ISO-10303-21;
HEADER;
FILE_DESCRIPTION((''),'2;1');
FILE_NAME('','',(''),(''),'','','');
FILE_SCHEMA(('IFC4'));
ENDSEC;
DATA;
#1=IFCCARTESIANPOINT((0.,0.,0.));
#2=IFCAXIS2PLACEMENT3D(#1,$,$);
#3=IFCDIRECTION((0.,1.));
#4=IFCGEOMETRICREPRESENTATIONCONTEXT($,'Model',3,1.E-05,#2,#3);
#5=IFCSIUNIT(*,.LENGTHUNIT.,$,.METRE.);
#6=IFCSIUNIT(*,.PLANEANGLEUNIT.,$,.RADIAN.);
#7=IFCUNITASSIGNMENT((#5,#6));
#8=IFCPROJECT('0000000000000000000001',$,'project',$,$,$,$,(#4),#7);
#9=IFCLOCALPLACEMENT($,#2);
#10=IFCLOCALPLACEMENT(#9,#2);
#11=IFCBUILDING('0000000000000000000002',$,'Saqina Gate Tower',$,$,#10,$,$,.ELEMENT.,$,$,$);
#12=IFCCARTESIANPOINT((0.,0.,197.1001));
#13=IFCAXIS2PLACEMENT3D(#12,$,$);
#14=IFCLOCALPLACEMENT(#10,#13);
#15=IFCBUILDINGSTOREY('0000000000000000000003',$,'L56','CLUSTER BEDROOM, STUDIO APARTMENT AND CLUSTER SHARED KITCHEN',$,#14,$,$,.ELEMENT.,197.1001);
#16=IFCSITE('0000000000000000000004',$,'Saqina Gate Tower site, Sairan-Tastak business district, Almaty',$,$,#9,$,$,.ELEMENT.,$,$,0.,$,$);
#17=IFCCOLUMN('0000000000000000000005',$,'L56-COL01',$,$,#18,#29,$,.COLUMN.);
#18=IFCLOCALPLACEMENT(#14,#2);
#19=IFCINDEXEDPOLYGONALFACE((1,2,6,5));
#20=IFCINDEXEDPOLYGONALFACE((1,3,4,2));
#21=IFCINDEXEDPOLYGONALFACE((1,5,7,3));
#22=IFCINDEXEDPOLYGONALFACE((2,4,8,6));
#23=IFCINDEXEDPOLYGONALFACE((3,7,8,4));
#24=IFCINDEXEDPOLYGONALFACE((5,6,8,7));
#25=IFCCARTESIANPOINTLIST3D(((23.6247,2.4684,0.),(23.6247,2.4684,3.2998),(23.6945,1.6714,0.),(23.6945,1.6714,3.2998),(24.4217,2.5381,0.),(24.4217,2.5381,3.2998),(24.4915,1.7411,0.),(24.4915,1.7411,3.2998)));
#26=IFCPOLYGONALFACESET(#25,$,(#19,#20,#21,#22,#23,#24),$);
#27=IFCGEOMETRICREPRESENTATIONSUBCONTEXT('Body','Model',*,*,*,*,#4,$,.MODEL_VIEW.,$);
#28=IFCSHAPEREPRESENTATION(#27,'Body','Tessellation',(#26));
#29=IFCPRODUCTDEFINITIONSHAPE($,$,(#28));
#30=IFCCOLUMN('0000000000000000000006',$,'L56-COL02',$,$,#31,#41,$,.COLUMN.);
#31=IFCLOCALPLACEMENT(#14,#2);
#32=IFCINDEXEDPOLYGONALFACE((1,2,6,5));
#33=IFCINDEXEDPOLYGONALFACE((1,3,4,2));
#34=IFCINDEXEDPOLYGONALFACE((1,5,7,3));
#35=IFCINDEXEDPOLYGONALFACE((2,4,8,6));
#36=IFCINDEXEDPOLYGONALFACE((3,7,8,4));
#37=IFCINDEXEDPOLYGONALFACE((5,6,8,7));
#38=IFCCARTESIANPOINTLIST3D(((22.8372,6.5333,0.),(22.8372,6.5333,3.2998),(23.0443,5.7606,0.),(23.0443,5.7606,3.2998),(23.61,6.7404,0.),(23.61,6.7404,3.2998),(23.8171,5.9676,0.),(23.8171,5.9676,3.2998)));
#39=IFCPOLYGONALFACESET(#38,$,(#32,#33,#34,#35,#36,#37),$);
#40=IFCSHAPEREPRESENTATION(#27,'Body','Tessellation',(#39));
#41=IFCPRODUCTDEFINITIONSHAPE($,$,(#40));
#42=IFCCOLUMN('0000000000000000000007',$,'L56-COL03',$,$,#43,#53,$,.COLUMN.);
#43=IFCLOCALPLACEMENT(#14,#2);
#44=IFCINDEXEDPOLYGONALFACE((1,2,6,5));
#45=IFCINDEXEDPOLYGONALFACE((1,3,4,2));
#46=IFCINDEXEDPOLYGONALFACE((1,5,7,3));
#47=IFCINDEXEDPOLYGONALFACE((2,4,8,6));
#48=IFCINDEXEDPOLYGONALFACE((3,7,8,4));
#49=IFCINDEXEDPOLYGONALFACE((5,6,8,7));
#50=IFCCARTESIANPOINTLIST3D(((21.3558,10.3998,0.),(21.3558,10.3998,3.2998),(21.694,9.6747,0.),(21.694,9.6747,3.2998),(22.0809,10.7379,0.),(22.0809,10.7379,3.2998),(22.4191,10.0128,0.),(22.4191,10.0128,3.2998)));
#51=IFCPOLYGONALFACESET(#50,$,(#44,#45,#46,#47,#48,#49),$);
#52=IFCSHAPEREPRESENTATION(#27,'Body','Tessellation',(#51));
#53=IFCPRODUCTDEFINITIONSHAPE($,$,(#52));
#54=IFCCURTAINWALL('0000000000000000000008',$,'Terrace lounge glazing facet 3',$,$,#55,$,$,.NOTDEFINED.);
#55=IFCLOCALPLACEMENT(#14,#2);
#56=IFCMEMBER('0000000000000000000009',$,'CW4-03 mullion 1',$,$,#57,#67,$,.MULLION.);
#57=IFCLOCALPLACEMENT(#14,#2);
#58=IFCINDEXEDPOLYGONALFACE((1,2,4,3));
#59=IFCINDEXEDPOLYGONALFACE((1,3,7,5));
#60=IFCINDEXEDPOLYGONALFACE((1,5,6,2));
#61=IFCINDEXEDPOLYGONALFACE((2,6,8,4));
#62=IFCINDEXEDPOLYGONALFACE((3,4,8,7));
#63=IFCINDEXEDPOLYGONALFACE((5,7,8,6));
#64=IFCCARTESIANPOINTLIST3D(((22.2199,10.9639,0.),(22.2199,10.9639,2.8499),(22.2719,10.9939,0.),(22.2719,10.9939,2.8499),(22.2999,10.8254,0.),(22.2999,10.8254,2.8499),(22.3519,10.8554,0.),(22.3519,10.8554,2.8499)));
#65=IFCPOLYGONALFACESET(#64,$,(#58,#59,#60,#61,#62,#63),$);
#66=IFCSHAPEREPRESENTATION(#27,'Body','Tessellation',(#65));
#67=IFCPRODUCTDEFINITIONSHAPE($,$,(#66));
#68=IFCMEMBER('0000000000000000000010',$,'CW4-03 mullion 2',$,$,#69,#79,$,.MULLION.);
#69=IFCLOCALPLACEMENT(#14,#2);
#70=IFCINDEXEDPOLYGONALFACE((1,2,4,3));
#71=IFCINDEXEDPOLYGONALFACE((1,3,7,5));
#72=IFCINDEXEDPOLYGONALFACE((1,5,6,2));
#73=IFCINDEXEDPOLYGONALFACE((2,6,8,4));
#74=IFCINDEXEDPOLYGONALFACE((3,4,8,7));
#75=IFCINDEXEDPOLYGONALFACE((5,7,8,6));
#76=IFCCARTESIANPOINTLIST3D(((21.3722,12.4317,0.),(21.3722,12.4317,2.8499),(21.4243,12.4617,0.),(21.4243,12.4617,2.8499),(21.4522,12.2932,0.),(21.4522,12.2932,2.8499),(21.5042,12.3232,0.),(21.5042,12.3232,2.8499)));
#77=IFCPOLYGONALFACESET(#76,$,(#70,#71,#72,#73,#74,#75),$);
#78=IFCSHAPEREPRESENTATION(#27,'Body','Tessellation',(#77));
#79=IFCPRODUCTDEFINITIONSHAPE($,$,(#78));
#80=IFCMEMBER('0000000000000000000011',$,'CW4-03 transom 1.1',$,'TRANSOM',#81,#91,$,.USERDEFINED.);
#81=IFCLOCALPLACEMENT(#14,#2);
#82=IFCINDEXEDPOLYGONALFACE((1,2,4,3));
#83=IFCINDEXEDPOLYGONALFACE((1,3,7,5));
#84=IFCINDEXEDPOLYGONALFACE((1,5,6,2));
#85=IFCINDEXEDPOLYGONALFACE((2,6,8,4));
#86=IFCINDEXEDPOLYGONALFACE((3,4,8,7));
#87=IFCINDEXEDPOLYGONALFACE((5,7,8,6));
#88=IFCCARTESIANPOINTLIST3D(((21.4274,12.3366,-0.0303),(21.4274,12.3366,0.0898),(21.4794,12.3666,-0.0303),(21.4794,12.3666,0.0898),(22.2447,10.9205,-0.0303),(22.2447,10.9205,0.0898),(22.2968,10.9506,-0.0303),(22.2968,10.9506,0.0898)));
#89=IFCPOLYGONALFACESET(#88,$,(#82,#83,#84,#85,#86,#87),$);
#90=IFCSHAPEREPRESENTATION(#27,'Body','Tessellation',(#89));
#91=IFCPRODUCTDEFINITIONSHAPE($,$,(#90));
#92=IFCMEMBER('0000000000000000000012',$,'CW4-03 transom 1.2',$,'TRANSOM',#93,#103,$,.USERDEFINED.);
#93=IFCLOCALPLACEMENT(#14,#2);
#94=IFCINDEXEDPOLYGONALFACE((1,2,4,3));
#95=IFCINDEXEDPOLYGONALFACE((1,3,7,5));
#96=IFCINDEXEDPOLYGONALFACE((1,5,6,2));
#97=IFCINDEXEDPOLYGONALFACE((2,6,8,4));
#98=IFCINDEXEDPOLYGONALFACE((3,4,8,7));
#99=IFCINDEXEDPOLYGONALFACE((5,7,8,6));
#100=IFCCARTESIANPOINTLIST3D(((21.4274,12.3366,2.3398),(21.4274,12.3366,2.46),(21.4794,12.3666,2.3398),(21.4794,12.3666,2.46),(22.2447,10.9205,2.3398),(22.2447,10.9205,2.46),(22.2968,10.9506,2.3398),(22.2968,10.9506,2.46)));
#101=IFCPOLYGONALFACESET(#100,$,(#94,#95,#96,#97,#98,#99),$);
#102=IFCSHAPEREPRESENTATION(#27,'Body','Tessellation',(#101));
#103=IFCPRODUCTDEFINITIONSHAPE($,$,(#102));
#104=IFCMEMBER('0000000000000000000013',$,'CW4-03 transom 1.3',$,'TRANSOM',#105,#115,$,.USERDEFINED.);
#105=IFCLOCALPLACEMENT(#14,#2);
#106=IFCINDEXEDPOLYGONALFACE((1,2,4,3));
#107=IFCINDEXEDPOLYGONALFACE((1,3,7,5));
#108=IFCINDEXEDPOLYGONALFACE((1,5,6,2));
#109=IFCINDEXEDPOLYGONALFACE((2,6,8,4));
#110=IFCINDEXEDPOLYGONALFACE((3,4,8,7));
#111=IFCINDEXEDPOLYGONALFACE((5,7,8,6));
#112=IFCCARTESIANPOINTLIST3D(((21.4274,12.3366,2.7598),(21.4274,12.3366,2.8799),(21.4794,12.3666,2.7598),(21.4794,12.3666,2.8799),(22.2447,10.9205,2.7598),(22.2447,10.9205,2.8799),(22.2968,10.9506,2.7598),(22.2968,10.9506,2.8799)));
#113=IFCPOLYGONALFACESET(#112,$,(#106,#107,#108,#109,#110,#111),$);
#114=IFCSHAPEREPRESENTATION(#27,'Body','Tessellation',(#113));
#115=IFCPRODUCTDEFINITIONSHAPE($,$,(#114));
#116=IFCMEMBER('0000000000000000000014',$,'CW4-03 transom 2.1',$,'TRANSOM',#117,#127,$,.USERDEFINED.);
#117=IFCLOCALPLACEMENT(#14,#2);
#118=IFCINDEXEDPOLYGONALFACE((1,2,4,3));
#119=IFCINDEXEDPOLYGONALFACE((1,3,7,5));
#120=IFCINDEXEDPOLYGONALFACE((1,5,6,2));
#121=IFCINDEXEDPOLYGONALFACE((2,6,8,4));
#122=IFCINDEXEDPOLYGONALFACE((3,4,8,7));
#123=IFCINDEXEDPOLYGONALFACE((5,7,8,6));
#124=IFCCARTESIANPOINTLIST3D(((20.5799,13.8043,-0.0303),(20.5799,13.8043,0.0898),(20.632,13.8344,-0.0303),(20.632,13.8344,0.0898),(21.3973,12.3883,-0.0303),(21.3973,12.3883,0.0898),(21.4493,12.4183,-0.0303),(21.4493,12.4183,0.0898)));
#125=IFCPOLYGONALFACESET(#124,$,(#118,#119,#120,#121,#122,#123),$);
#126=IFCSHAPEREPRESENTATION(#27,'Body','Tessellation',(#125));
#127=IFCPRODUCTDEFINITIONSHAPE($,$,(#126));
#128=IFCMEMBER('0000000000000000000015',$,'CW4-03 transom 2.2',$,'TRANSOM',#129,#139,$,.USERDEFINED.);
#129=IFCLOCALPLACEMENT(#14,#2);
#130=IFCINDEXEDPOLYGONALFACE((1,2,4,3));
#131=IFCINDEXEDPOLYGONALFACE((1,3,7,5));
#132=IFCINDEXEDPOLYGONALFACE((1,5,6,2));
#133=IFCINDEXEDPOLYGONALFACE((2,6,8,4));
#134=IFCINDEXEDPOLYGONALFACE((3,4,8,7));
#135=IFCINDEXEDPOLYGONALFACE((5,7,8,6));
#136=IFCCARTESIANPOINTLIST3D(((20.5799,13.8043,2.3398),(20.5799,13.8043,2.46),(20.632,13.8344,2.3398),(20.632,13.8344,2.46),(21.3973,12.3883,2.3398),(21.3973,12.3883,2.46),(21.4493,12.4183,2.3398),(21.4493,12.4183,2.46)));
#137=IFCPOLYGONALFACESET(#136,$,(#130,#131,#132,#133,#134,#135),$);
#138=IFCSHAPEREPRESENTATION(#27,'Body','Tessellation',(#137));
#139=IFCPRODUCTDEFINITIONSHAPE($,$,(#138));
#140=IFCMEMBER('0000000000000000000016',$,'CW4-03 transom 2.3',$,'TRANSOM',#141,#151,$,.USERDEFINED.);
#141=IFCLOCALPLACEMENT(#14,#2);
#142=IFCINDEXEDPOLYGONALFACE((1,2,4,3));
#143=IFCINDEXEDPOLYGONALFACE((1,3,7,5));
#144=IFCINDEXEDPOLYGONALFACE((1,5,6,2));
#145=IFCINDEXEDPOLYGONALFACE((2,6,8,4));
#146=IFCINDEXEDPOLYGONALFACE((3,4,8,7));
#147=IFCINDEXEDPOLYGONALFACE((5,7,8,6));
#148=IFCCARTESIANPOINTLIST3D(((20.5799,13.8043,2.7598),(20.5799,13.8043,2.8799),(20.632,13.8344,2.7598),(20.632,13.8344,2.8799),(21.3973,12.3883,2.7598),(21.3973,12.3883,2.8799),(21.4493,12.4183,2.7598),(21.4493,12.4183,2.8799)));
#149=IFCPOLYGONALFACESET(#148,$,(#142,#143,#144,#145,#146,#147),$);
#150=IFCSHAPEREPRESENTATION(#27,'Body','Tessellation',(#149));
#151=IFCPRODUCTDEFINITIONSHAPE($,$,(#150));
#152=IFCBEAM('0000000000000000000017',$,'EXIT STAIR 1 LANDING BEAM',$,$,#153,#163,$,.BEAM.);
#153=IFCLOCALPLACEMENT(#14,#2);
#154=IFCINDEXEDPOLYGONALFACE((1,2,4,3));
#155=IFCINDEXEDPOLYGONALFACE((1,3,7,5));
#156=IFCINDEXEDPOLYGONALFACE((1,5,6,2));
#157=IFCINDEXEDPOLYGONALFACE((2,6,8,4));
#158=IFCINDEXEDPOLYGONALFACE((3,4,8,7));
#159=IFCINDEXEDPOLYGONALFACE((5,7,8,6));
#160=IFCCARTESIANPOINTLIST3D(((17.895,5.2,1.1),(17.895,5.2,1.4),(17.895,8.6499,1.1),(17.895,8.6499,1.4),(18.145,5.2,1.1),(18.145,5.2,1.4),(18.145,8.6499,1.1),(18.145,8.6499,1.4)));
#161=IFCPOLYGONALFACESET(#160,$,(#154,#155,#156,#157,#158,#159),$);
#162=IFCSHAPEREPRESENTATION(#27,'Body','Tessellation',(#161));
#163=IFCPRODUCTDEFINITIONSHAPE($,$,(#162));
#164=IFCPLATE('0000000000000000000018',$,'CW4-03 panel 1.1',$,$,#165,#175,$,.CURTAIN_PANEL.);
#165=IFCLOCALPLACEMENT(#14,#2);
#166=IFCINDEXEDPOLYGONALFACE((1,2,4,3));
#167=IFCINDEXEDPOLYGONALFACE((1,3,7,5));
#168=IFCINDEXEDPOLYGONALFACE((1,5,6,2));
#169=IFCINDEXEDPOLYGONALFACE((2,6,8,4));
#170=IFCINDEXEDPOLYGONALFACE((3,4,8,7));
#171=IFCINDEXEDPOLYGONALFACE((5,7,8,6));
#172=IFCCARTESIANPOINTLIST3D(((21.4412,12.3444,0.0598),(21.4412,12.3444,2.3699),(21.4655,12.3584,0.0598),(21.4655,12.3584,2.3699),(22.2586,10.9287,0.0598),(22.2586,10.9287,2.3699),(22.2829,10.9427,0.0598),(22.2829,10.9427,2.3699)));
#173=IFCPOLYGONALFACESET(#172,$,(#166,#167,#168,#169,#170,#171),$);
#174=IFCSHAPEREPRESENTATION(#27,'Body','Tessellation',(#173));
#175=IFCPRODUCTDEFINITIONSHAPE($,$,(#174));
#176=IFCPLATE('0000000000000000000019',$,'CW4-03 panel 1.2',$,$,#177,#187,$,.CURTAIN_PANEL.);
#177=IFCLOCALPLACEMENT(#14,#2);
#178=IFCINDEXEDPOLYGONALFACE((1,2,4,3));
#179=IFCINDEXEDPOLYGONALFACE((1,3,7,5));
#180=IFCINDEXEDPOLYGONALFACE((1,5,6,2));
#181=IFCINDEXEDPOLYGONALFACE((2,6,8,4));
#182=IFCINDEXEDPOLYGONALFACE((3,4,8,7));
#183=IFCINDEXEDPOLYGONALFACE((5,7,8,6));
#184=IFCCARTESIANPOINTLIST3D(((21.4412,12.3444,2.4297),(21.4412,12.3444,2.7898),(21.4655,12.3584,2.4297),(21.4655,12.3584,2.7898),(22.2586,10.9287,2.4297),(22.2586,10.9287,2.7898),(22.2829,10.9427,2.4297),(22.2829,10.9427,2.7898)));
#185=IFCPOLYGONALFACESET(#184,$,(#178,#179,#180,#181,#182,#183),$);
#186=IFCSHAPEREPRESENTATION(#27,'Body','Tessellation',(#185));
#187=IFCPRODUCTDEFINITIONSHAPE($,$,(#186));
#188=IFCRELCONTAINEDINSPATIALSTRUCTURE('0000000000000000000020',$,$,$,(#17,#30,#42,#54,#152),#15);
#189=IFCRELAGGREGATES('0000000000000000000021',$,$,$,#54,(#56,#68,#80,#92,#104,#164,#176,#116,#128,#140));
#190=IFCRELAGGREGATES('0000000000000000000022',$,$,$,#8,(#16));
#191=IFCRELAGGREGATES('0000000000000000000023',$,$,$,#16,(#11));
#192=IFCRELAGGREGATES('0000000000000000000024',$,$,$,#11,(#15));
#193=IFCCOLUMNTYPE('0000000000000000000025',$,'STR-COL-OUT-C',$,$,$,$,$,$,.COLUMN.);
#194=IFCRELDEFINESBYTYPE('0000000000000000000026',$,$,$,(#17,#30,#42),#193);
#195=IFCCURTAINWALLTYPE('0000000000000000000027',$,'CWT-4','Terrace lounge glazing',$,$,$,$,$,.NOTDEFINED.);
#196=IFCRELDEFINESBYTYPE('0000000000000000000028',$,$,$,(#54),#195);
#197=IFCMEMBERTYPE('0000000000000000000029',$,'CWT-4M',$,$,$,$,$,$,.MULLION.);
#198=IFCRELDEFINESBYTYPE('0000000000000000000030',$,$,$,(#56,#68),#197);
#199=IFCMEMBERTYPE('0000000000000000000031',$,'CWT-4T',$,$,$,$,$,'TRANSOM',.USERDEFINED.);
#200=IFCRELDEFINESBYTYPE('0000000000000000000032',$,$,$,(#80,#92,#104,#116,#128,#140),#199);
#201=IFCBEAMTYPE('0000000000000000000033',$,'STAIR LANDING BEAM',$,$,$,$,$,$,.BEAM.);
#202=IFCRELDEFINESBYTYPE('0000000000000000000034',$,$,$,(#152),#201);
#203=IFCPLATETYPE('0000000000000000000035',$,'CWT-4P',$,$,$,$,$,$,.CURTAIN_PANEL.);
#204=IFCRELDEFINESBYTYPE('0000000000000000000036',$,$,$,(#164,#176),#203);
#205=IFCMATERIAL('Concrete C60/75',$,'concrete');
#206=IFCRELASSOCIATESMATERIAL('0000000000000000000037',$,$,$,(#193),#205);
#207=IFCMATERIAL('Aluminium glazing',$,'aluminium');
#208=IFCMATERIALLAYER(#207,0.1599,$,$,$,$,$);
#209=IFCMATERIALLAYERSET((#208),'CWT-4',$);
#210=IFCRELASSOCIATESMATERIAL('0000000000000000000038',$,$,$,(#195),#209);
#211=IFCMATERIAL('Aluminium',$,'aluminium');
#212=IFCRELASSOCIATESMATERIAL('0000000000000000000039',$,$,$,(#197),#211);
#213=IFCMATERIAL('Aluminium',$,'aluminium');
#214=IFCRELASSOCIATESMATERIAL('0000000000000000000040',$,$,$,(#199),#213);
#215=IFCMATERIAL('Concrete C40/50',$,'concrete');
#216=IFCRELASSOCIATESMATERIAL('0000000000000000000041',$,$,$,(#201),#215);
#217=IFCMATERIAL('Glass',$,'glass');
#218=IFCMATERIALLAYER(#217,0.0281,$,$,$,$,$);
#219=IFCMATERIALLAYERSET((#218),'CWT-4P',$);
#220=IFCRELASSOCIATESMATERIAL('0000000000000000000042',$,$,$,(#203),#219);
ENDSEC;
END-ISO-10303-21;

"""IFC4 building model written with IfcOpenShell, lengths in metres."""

from ifc_helpers import new_model, si_unit, direction, frame, origin, origin_2d, place, context, subcontext, project, spatial, rectangle, extrude, material, layer, layer_set, material_profile, profile_set, type_object, element, aggregate, save


model = new_model("IFC4")

# Units and contexts
model_context = context("Model", 3, precision=1e-05, world=origin(), true_north=direction((0.0, 1.0)))
body_context = subcontext(model_context, "Body", "Model", "MODEL_VIEW")
ifc_project = project(units=[si_unit("LENGTHUNIT", "METRE"), si_unit("PLANEANGLEUNIT", "RADIAN")], contexts=[model_context])

# Site, building, storey
site_placement = place(None, origin())
site = spatial("IfcSite", under=ifc_project, at=site_placement, Name="Saqina Gate Tower site, Sairan-Tastak business district, Almaty", CompositionType="ELEMENT", RefElevation=0.0)
building_placement = place(site_placement, origin())
building = spatial("IfcBuilding", under=site, at=building_placement, Name="Saqina Gate Tower", CompositionType="ELEMENT")
storey_placement = place(building_placement, frame((0.0, 0.0, 197.1001)))
storey = spatial("IfcBuildingStorey", under=building, at=storey_placement, Name="L56", Description="CLUSTER BEDROOM, STUDIO APARTMENT AND CLUSTER SHARED KITCHEN", CompositionType="ELEMENT", Elevation=197.1001)

# Columns
ifc_material_1 = material(Name="Concrete C60/75", Category="concrete")
ifc_material_profile_1 = material_profile(ifc_material_1, rectangle(XDim=0.8, YDim=0.8, at=origin_2d()), Name="RC 800x800")
ifc_profile_set_1 = profile_set([ifc_material_profile_1], Name="Concrete C60/75")
column_type = type_object("IfcColumnType", Name="STR-COL-OUT-C", PredefinedType="COLUMN", material=ifc_profile_set_1)
for number, where, z_axis, x_axis, name in (
    (1, (24.0581, 2.1047, 0.0), (0.0, 0.0, 1.0), (0.996195, 0.087156, 0.0), "L56-COL01"),
    (2, (23.3271, 6.2505, 0.0), (0.0, 0.0, 1.0), (0.965926, 0.258819, 0.0), "L56-COL02"),
    (3, (21.8875, 10.2063, 0.0), (0.0, 0.0, 1.0), (0.906308, 0.422618, 0.0), "L56-COL03"),
):
    element("IfcColumn", number, at=place(storey_placement, frame(where, z_axis=z_axis, x_axis=x_axis)), inside=storey, type_object=column_type, Name=name, PredefinedType="COLUMN", context=body_context, shape_type="SweptSolid", body=[
        extrude(rectangle(XDim=0.8, YDim=0.8, at=origin_2d()), origin(), (0.0, 0.0, 1.0), 3.2998),
    ])

# Curtain wall, members
ifc_material_2 = material(Name="Aluminium glazing", Category="aluminium")
ifc_layer_1 = layer(ifc_material_2, 0.1599)
ifc_layer_set_1 = layer_set([ifc_layer_1], Name="CWT-4")
curtain_wall_type = type_object("IfcCurtainWallType", Name="CWT-4", Description="Terrace lounge glazing", PredefinedType="NOTDEFINED", material=ifc_layer_set_1)
curtain_wall_placement = place(storey_placement, origin())
curtain_wall = element("IfcCurtainWall", 4, at=curtain_wall_placement, inside=storey, type_object=curtain_wall_type, Name="Terrace lounge glazing facet 3", PredefinedType="NOTDEFINED")
ifc_material_3 = material(Name="Aluminium", Category="aluminium")
ifc_material_profile_2 = material_profile(ifc_material_3, rectangle(XDim=0.0601, YDim=0.1599, at=origin_2d()), Name="Aluminium 60x160")
ifc_profile_set_2 = profile_set([ifc_material_profile_2], Name="Aluminium")
member_type_1 = type_object("IfcMemberType", Name="CWT-4M", PredefinedType="MULLION", material=ifc_profile_set_2)
member_1_placement = place(storey_placement, frame((22.2859, 10.9097, 0.0), z_axis=(0.0, 0.0, 1.0), x_axis=(-0.866017, -0.500014, 0.0)))
member_1 = element("IfcMember", 5, at=member_1_placement, type_object=member_type_1, Name="CW4-03 mullion 1", PredefinedType="MULLION", context=body_context, shape_type="SweptSolid", body=[
    extrude(rectangle(XDim=0.0601, YDim=0.1599, at=origin_2d()), origin(), (0.0, 0.0, 1.0), 2.8499),
])
member_2_placement = place(storey_placement, frame((21.4382, 12.3774, 0.0), z_axis=(0.0, 0.0, 1.0), x_axis=(-0.866017, -0.500014, 0.0)))
member_2 = element("IfcMember", 6, at=member_2_placement, type_object=member_type_1, Name="CW4-03 mullion 2", PredefinedType="MULLION", context=body_context, shape_type="SweptSolid", body=[
    extrude(rectangle(XDim=0.0601, YDim=0.1599, at=origin_2d()), origin(), (0.0, 0.0, 1.0), 2.8499),
])
ifc_material_4 = material(Name="Aluminium", Category="aluminium")
ifc_material_profile_3 = material_profile(ifc_material_4, rectangle(XDim=0.0601, YDim=0.1201, at=origin_2d()), Name="Aluminium 60x120")
ifc_profile_set_3 = profile_set([ifc_material_profile_3], Name="Aluminium")
member_type_2 = type_object("IfcMemberType", Name="CWT-4T", ElementType="TRANSOM", PredefinedType="USERDEFINED", material=ifc_profile_set_3)
member_3_placement = place(storey_placement, frame((22.2708, 10.9355, 0.0298), z_axis=(-0.499929, 0.866066, 0.0), x_axis=(-0.866066, -0.499929, 0.0)))
member_3 = element("IfcMember", 7, at=member_3_placement, type_object=member_type_2, Name="CW4-03 transom 1.1", ObjectType="TRANSOM", PredefinedType="USERDEFINED", context=body_context, shape_type="SweptSolid", body=[
    extrude(rectangle(XDim=0.0601, YDim=0.1201, at=origin_2d()), origin(), (0.0, 0.0, 1.0), 1.635),
])
member_4_placement = place(storey_placement, frame((22.2708, 10.9355, 2.3999), z_axis=(-0.499929, 0.866066, 0.0), x_axis=(-0.866066, -0.499929, 0.0)))
member_4 = element("IfcMember", 8, at=member_4_placement, type_object=member_type_2, Name="CW4-03 transom 1.2", ObjectType="TRANSOM", PredefinedType="USERDEFINED", context=body_context, shape_type="SweptSolid", body=[
    extrude(rectangle(XDim=0.0601, YDim=0.1201, at=origin_2d()), origin(), (0.0, 0.0, 1.0), 1.635),
])
member_5_placement = place(storey_placement, frame((22.2708, 10.9355, 2.8198), z_axis=(-0.499929, 0.866066, 0.0), x_axis=(-0.866066, -0.499929, 0.0)))
member_5 = element("IfcMember", 9, at=member_5_placement, type_object=member_type_2, Name="CW4-03 transom 1.3", ObjectType="TRANSOM", PredefinedType="USERDEFINED", context=body_context, shape_type="SweptSolid", body=[
    extrude(rectangle(XDim=0.0601, YDim=0.1201, at=origin_2d()), origin(), (0.0, 0.0, 1.0), 1.635),
])
member_6_placement = place(storey_placement, frame((21.4233, 12.4033, 0.0298), z_axis=(-0.499929, 0.866066, 0.0), x_axis=(-0.866066, -0.499929, 0.0)))
member_6 = element("IfcMember", 10, at=member_6_placement, type_object=member_type_2, Name="CW4-03 transom 2.1", ObjectType="TRANSOM", PredefinedType="USERDEFINED", context=body_context, shape_type="SweptSolid", body=[
    extrude(rectangle(XDim=0.0601, YDim=0.1201, at=origin_2d()), origin(), (0.0, 0.0, 1.0), 1.635),
])
member_7_placement = place(storey_placement, frame((21.4233, 12.4033, 2.3999), z_axis=(-0.499929, 0.866066, 0.0), x_axis=(-0.866066, -0.499929, 0.0)))
member_7 = element("IfcMember", 11, at=member_7_placement, type_object=member_type_2, Name="CW4-03 transom 2.2", ObjectType="TRANSOM", PredefinedType="USERDEFINED", context=body_context, shape_type="SweptSolid", body=[
    extrude(rectangle(XDim=0.0601, YDim=0.1201, at=origin_2d()), origin(), (0.0, 0.0, 1.0), 1.635),
])
member_8_placement = place(storey_placement, frame((21.4233, 12.4033, 2.8198), z_axis=(-0.499929, 0.866066, 0.0), x_axis=(-0.866066, -0.499929, 0.0)))
member_8 = element("IfcMember", 12, at=member_8_placement, type_object=member_type_2, Name="CW4-03 transom 2.3", ObjectType="TRANSOM", PredefinedType="USERDEFINED", context=body_context, shape_type="SweptSolid", body=[
    extrude(rectangle(XDim=0.0601, YDim=0.1201, at=origin_2d()), origin(), (0.0, 0.0, 1.0), 1.635),
])

# Beam
ifc_material_5 = material(Name="Concrete C40/50", Category="concrete")
ifc_material_profile_4 = material_profile(ifc_material_5, rectangle(XDim=0.25, YDim=0.3, at=origin_2d()), Name="STAIR LANDING BEAM")
ifc_profile_set_4 = profile_set([ifc_material_profile_4], Name="Concrete C40/50")
beam_type = type_object("IfcBeamType", Name="STAIR LANDING BEAM", PredefinedType="BEAM", material=ifc_profile_set_4)
beam_placement = place(storey_placement, frame((18.02, 5.2, 1.25), z_axis=(0.0, 1.0, 0.0), x_axis=(-1.0, 0.0, 0.0)))
element("IfcBeam", 13, at=beam_placement, inside=storey, type_object=beam_type, Name="EXIT STAIR 1 LANDING BEAM", PredefinedType="BEAM", context=body_context, shape_type="SweptSolid", body=[
    extrude(rectangle(XDim=0.25, YDim=0.3, at=origin_2d()), origin(), (0.0, 0.0, 1.0), 3.45),
])

# Plates
ifc_material_6 = material(Name="Glass", Category="glass")
ifc_layer_2 = layer(ifc_material_6, 0.0281)
ifc_layer_set_2 = layer_set([ifc_layer_2], Name="CWT-4P")
plate_type = type_object("IfcPlateType", Name="CWT-4P", PredefinedType="CURTAIN_PANEL", material=ifc_layer_set_2)
plate_1_placement = place(storey_placement, frame((21.8621, 11.6436, 0.0598), z_axis=(0.0, 0.0, 1.0), x_axis=(-0.500014, 0.866017, 0.0)))
plate_1 = element("IfcPlate", 14, at=plate_1_placement, type_object=plate_type, Name="CW4-03 panel 1.1", PredefinedType="CURTAIN_PANEL", context=body_context, shape_type="SweptSolid", body=[
    extrude(rectangle(XDim=1.6348, YDim=0.0281, at=origin_2d()), origin(), (0.0, 0.0, 1.0), 2.3101),
])
plate_2_placement = place(storey_placement, frame((21.8621, 11.6436, 2.4297), z_axis=(0.0, 0.0, 1.0), x_axis=(-0.500014, 0.866017, 0.0)))
plate_2 = element("IfcPlate", 15, at=plate_2_placement, type_object=plate_type, Name="CW4-03 panel 1.2", PredefinedType="CURTAIN_PANEL", context=body_context, shape_type="SweptSolid", body=[
    extrude(rectangle(XDim=1.6348, YDim=0.0281, at=origin_2d()), origin(), (0.0, 0.0, 1.0), 0.3601),
])
aggregate(curtain_wall, [member_1, member_2, member_3, member_4, member_5, plate_1, plate_2, member_6, member_7, member_8])

save(model, "model.ifc")
